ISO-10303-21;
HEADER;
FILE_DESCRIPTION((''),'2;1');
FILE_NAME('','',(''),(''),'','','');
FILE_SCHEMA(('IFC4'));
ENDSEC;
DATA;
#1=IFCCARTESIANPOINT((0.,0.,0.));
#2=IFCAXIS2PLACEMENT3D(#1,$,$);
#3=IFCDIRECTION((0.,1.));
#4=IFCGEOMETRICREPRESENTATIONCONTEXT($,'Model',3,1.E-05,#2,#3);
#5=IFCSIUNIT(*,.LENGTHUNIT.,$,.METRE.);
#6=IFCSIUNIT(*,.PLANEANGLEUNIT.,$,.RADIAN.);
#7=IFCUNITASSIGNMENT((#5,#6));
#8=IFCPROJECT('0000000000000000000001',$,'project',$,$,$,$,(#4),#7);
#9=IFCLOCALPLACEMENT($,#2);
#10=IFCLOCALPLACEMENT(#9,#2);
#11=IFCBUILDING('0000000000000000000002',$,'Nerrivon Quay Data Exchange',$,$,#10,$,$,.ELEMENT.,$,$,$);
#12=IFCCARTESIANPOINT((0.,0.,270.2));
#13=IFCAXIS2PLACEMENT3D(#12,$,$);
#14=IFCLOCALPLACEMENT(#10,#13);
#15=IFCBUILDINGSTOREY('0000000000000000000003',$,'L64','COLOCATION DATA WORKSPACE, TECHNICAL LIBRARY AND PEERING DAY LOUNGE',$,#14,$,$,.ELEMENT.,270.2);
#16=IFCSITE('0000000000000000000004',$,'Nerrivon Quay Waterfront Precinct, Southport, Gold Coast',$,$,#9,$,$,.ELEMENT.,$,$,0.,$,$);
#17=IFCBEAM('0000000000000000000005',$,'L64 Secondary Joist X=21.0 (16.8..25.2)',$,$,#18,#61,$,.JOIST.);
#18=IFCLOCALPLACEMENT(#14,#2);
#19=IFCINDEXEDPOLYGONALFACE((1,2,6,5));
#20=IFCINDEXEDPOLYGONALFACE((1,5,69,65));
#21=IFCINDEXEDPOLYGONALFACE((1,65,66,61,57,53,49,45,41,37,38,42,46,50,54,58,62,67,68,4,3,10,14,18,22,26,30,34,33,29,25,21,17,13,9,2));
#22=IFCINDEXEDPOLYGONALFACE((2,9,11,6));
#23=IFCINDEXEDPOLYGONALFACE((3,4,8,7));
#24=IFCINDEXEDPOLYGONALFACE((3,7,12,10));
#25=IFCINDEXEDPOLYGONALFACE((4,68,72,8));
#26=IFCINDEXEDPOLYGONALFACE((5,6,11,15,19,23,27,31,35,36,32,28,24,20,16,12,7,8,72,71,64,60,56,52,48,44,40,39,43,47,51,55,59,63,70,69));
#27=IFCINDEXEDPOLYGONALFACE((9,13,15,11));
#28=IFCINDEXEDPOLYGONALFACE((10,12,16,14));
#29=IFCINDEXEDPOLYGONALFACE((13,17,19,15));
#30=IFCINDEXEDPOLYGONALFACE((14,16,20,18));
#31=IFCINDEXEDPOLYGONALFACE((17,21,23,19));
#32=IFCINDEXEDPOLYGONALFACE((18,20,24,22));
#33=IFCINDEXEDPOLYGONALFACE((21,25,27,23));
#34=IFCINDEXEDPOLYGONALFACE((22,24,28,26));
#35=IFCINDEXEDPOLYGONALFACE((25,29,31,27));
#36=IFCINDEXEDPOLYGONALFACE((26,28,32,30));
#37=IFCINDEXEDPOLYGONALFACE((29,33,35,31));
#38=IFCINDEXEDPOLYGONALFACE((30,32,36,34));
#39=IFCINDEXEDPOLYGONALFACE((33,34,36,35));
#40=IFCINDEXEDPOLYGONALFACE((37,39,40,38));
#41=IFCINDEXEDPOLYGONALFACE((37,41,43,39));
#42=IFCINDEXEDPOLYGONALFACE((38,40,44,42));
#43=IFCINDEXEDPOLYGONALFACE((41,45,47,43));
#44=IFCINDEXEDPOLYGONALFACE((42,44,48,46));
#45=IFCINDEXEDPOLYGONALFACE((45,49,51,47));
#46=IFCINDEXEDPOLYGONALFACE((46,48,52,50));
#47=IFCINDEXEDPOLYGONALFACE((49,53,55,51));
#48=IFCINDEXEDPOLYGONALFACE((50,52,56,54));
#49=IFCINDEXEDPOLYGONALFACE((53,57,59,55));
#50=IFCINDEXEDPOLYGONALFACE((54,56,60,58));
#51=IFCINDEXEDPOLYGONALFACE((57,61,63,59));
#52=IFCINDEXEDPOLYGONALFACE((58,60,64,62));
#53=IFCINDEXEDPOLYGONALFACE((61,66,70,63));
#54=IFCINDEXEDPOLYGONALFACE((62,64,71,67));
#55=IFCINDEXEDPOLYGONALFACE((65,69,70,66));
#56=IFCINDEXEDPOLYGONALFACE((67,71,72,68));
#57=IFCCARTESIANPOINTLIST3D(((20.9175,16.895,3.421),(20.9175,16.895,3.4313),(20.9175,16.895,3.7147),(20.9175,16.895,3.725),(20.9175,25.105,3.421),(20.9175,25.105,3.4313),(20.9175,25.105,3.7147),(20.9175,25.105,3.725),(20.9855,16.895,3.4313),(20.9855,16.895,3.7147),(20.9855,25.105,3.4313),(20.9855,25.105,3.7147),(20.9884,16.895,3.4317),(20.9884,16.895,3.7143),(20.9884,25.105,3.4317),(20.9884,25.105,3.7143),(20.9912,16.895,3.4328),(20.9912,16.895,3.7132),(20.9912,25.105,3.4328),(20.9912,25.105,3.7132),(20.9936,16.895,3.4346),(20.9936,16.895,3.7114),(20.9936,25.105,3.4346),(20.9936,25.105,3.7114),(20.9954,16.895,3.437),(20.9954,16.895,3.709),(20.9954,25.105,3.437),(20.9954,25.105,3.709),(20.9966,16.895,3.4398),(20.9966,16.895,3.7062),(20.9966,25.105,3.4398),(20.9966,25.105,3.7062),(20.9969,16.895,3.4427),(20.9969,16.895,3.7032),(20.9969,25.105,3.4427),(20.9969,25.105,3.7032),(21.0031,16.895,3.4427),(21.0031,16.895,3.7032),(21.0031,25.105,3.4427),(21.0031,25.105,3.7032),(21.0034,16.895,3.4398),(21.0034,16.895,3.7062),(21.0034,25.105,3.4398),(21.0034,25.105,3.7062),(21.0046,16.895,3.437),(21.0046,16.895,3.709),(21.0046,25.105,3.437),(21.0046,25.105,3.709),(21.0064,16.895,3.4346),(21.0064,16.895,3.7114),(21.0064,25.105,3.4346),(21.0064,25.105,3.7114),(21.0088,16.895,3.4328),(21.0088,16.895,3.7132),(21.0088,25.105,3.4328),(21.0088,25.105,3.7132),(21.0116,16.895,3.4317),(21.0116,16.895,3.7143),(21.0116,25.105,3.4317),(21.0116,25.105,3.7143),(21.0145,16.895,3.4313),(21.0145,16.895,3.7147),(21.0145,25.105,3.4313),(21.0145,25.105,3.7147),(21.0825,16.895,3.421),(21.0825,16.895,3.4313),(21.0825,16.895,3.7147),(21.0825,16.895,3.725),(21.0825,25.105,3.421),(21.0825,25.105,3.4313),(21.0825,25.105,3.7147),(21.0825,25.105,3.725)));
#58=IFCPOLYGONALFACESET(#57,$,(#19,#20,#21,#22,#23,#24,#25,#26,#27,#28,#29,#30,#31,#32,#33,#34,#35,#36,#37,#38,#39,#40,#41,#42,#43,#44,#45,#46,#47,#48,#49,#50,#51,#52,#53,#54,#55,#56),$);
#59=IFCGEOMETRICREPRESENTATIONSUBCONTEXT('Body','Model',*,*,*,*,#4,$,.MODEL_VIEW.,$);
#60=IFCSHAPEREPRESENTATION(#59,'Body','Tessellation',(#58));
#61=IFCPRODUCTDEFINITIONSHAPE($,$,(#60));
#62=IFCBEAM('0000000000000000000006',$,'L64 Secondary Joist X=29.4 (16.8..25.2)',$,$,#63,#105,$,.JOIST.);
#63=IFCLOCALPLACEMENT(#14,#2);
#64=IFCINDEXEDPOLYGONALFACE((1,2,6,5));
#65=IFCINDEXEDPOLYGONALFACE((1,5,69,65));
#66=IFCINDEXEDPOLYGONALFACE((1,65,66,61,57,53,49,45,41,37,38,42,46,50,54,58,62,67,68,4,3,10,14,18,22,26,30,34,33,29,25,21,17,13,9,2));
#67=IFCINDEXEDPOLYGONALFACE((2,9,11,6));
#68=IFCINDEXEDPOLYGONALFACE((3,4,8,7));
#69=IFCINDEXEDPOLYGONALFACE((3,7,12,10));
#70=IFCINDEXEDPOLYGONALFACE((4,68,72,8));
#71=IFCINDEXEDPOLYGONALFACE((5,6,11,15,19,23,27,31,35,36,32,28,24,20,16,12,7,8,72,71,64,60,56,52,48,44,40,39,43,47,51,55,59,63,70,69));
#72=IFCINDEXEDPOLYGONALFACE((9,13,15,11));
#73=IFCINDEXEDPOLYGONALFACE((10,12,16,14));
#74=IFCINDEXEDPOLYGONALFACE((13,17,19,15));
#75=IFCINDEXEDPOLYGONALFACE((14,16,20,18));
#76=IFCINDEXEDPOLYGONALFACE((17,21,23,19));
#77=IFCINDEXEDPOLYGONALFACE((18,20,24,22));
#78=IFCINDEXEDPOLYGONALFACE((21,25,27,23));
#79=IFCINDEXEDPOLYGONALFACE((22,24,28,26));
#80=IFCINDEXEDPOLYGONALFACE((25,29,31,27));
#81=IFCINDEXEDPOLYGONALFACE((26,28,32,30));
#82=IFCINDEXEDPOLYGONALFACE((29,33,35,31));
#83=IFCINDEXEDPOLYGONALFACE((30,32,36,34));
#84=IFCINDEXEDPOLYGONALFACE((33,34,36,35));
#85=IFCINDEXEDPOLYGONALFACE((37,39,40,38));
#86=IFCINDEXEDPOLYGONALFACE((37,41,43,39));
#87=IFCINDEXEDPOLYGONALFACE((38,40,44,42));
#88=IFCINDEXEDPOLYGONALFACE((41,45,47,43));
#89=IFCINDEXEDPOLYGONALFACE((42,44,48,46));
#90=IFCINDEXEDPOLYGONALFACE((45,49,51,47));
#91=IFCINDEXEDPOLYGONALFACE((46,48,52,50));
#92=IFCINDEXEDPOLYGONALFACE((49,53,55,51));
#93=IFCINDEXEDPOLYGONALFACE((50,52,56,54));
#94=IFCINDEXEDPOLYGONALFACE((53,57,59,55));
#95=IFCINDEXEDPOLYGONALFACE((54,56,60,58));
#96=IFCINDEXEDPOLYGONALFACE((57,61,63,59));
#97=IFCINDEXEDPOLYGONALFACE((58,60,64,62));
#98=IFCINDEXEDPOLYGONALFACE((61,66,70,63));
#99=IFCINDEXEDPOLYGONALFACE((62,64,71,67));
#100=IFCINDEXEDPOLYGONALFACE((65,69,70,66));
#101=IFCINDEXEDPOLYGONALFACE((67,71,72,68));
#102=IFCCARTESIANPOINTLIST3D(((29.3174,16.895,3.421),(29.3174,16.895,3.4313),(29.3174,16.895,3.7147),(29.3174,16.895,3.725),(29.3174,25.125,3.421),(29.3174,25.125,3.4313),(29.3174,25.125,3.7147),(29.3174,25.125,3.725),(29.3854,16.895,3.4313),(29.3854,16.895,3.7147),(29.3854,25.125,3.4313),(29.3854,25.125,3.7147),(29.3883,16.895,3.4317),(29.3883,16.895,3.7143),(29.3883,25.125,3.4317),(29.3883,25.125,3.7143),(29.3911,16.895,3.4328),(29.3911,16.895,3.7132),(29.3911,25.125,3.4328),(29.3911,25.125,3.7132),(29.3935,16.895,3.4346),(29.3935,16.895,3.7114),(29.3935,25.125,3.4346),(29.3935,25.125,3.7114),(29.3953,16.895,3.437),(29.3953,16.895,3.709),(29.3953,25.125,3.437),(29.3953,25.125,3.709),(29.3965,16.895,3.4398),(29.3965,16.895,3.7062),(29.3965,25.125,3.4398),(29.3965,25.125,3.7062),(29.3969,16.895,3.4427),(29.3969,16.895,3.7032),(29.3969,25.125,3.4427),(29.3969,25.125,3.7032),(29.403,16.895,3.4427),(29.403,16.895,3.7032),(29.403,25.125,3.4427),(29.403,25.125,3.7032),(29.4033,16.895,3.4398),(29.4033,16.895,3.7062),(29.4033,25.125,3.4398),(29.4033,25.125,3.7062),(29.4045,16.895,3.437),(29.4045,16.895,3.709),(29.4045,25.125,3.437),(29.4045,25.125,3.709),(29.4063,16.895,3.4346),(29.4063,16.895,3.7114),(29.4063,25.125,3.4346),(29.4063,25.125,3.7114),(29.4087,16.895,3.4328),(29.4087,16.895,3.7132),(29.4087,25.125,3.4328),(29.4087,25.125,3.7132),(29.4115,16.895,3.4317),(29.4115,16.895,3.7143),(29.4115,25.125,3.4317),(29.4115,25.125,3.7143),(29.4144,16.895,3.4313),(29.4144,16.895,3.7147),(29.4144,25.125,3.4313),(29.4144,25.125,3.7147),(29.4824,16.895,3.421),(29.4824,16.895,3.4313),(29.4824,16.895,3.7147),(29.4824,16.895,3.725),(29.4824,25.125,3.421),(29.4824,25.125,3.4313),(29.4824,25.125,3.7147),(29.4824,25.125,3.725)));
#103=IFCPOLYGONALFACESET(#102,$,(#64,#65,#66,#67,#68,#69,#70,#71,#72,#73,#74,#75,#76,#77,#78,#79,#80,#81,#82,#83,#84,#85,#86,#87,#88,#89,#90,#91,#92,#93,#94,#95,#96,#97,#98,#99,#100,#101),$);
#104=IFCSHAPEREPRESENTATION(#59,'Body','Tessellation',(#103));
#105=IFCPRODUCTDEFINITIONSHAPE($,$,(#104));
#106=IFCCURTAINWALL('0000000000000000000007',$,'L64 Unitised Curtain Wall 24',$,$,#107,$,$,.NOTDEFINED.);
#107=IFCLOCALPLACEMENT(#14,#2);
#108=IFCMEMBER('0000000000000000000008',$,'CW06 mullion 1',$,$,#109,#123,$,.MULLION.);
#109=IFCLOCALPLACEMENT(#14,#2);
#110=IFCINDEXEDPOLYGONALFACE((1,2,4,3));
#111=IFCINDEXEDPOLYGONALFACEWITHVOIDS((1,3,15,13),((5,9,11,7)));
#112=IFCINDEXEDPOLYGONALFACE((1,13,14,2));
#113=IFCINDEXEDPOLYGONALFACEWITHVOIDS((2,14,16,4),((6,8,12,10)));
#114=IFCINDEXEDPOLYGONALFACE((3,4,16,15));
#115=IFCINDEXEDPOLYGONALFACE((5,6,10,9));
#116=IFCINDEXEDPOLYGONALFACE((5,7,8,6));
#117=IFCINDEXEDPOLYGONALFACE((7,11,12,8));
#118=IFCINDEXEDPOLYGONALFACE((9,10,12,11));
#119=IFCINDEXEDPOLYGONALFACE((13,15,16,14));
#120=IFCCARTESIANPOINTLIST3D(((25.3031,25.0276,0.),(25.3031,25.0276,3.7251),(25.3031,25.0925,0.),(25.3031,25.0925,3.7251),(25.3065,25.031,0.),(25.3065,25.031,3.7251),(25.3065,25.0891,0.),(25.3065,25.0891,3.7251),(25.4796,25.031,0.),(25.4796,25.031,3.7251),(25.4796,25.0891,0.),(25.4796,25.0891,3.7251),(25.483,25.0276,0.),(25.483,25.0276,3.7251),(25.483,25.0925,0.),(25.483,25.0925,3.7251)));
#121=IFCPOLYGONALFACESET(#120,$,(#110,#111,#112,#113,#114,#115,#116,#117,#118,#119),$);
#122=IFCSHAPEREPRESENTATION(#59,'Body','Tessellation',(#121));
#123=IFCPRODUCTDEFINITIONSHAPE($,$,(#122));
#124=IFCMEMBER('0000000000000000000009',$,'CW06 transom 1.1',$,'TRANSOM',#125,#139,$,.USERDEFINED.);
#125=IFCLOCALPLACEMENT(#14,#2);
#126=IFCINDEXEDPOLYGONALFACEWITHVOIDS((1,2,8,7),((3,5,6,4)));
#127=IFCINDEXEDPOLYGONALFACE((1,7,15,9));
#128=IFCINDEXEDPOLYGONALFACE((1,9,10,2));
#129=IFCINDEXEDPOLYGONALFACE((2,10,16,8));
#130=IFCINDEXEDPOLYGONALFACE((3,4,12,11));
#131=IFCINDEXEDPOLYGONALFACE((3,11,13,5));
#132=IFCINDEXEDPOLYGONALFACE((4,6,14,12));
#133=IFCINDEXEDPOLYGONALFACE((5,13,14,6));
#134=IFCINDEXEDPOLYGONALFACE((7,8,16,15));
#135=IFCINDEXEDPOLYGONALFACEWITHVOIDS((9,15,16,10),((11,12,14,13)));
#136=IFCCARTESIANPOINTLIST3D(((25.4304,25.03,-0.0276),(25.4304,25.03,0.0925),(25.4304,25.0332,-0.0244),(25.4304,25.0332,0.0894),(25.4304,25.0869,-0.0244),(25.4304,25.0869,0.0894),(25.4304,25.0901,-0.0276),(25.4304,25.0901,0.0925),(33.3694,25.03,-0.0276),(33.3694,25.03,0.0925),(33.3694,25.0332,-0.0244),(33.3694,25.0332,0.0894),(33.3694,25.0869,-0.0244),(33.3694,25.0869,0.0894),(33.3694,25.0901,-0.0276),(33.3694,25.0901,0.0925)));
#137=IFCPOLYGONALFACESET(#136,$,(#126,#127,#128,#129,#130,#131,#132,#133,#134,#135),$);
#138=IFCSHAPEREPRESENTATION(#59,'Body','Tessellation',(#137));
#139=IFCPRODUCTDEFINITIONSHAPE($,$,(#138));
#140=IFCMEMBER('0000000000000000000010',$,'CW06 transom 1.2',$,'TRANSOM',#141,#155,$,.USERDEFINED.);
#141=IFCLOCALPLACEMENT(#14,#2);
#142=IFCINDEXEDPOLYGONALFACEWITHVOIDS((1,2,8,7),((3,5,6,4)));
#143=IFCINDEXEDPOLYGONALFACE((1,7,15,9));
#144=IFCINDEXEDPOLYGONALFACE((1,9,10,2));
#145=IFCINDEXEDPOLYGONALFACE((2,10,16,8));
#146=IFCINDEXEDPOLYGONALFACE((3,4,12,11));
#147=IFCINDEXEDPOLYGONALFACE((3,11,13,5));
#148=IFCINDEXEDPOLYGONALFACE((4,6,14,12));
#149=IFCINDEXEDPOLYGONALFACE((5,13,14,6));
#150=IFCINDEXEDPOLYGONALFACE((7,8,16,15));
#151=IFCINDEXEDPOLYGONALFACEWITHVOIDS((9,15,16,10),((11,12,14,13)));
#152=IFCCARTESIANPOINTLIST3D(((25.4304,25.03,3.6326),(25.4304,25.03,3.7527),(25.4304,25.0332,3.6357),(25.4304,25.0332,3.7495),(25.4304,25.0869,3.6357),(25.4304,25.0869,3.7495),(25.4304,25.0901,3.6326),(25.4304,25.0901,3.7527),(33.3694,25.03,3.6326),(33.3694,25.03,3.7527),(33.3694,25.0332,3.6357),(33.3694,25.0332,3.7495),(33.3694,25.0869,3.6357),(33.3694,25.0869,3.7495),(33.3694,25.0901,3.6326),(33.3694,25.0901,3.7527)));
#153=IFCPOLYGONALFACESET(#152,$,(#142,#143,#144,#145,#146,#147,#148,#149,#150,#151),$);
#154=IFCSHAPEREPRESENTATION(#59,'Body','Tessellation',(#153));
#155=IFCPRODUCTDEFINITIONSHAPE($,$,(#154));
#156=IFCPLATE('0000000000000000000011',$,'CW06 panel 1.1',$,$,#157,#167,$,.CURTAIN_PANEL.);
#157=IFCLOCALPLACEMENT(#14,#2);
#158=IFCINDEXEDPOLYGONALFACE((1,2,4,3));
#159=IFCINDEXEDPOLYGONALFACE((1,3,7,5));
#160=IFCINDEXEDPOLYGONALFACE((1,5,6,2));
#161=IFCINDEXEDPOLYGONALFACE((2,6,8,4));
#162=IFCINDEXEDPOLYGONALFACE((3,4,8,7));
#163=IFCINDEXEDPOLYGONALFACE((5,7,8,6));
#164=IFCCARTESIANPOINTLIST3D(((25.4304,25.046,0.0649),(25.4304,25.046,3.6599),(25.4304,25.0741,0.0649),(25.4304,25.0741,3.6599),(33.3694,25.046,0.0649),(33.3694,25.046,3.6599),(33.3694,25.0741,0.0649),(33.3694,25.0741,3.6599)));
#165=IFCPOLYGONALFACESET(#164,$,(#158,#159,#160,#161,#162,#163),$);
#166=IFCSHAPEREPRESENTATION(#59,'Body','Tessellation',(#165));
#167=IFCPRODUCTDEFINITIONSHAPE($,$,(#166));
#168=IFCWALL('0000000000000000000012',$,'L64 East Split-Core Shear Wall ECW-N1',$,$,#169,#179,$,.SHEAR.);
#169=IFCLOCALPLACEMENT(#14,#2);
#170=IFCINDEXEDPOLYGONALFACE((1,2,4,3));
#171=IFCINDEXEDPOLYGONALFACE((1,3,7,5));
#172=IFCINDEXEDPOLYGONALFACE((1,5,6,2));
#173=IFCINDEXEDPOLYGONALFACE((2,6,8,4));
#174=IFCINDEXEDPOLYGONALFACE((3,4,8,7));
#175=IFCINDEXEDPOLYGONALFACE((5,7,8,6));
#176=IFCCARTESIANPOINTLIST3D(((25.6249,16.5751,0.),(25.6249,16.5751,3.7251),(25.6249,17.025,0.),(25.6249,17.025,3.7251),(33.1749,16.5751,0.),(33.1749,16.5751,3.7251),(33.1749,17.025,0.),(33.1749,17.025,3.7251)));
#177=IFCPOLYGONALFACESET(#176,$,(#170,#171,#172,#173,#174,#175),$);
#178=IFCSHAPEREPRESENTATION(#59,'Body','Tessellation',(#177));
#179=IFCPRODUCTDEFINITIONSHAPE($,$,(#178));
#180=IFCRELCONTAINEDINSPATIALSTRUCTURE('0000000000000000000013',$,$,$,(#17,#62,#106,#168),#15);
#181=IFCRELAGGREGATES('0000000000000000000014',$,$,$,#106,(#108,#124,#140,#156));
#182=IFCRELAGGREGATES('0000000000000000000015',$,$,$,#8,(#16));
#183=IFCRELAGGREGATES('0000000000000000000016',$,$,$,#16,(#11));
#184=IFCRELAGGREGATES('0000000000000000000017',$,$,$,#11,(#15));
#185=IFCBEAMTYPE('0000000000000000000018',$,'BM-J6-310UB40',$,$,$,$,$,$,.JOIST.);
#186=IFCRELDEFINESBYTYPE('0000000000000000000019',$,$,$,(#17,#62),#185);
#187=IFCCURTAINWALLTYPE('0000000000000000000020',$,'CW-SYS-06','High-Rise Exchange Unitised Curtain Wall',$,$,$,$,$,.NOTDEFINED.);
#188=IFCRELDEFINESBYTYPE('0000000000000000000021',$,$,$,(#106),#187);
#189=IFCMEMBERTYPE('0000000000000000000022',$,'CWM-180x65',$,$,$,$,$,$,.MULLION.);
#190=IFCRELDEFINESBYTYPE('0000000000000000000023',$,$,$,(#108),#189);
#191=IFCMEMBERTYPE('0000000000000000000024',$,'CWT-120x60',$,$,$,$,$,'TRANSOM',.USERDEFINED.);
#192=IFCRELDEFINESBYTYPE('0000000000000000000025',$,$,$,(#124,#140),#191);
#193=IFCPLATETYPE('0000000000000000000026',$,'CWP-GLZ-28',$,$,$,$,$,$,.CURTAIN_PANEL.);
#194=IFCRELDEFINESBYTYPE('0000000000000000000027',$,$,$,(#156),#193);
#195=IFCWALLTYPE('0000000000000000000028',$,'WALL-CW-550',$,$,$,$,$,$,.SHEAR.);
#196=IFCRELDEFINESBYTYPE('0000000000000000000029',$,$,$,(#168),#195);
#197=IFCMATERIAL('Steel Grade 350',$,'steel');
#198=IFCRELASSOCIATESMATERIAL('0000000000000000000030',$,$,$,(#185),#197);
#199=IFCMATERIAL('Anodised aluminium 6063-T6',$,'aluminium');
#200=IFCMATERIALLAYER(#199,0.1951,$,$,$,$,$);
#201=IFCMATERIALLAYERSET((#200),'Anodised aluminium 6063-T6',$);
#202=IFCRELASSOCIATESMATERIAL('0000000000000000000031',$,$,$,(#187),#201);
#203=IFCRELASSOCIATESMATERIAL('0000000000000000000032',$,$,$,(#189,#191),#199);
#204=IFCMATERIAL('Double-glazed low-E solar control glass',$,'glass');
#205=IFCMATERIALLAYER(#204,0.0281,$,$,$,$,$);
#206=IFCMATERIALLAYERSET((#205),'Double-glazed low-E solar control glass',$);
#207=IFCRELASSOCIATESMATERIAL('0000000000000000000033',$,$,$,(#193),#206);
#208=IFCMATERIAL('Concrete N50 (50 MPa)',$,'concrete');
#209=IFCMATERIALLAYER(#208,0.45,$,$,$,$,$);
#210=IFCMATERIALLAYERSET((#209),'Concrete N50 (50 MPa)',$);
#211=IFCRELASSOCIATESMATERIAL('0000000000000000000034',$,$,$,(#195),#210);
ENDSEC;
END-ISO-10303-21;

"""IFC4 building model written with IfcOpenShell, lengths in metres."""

from ifc_helpers import new_model, si_unit, direction, frame, frame_2d, origin, origin_2d, place, context, subcontext, project, spatial, rectangle, hollow_rectangle, i_section, extrude, material, layer, layer_set, material_profile, profile_set, type_object, element, aggregate, save


model = new_model("IFC4")

# Units and contexts
model_context = context("Model", 3, precision=1e-05, world=origin(), true_north=direction((0.0, 1.0)))
body_context = subcontext(model_context, "Body", "Model", "MODEL_VIEW")
ifc_project = project(units=[si_unit("LENGTHUNIT", "METRE"), si_unit("PLANEANGLEUNIT", "RADIAN")], contexts=[model_context])

# Site, building, storey
site_placement = place(None, origin())
site = spatial("IfcSite", under=ifc_project, at=site_placement, Name="Nerrivon Quay Waterfront Precinct, Southport, Gold Coast", CompositionType="ELEMENT", RefElevation=0.0)
building_placement = place(site_placement, origin())
building = spatial("IfcBuilding", under=site, at=building_placement, Name="Nerrivon Quay Data Exchange", CompositionType="ELEMENT")
storey_placement = place(building_placement, frame((0.0, 0.0, 270.2)))
storey = spatial("IfcBuildingStorey", under=building, at=storey_placement, Name="L64", Description="COLOCATION DATA WORKSPACE, TECHNICAL LIBRARY AND PEERING DAY LOUNGE", CompositionType="ELEMENT", Elevation=270.2)

# Shared definitions
ifc_material_1 = material(Name="Concrete N50 (50 MPa)", Category="concrete")

# Beams
ifc_material_2 = material(Name="Steel Grade 350", Category="steel")
ifc_material_profile_1 = material_profile(ifc_material_2, i_section(OverallWidth=0.165, OverallDepth=0.304, WebThickness=0.0061, FlangeThickness=0.0103, FilletRadius=0.0115, at=origin_2d()), Name="310UB40.4")
ifc_profile_set_1 = profile_set([ifc_material_profile_1], Name="Steel Grade 350")
beam_type_1 = type_object("IfcBeamType", Name="BM-J6-310UB40", PredefinedType="JOIST", material=ifc_profile_set_1)
beam_1_placement = place(storey_placement, frame((21.0, 16.895, 3.573), z_axis=(0.0, 1.0, 0.0), x_axis=(-1.0, 0.0, 0.0)))
element("IfcBeam", 1, at=beam_1_placement, inside=storey, type_object=beam_type_1, Name="L64 Secondary Joist X=21.0 (16.8..25.2)", PredefinedType="JOIST", context=body_context, shape_type="SweptSolid", body=[
    extrude(i_section(OverallWidth=0.165, OverallDepth=0.304, WebThickness=0.0061, FlangeThickness=0.0103, FilletRadius=0.0115, at=origin_2d()), origin(), (0.0, 0.0, 1.0), 8.21),
])
beam_2_placement = place(storey_placement, frame((29.3999, 16.895, 3.573), z_axis=(0.0, 1.0, 0.0), x_axis=(-1.0, 0.0, 0.0)))
element("IfcBeam", 2, at=beam_2_placement, inside=storey, type_object=beam_type_1, Name="L64 Secondary Joist X=29.4 (16.8..25.2)", PredefinedType="JOIST", context=body_context, shape_type="SweptSolid", body=[
    extrude(i_section(OverallWidth=0.165, OverallDepth=0.304, WebThickness=0.0061, FlangeThickness=0.0103, FilletRadius=0.0115, at=origin_2d()), origin(), (0.0, 0.0, 1.0), 8.23),
])

# Curtain wall, members, plate
ifc_material_3 = material(Name="Anodised aluminium 6063-T6", Category="aluminium")
ifc_layer_1 = layer(ifc_material_3, 0.1951)
ifc_layer_set_1 = layer_set([ifc_layer_1], Name="Anodised aluminium 6063-T6")
curtain_wall_type = type_object("IfcCurtainWallType", Name="CW-SYS-06", Description="High-Rise Exchange Unitised Curtain Wall", PredefinedType="NOTDEFINED", material=ifc_layer_set_1)
curtain_wall_placement = place(storey_placement, origin())
curtain_wall = element("IfcCurtainWall", 3, at=curtain_wall_placement, inside=storey, type_object=curtain_wall_type, Name="L64 Unitised Curtain Wall 24", PredefinedType="NOTDEFINED")
ifc_material_profile_2 = material_profile(ifc_material_3, hollow_rectangle(XDim=0.0649, YDim=0.1799, WallThickness=0.0034, at=origin_2d()), Name="ALU-MULL-180x65")
ifc_profile_set_2 = profile_set([ifc_material_profile_2], Name="Anodised aluminium 6063-T6")
member_type_1 = type_object("IfcMemberType", Name="CWM-180x65", PredefinedType="MULLION", material=ifc_profile_set_2)
member_1_placement = place(storey_placement, frame((25.3931, 25.0601, 0.0), z_axis=(0.0, 0.0, 1.0), x_axis=(0.0, 1.0, 0.0)))
member_1 = element("IfcMember", 4, at=member_1_placement, type_object=member_type_1, Name="CW06 mullion 1", PredefinedType="MULLION", context=body_context, shape_type="SweptSolid", body=[
    extrude(hollow_rectangle(XDim=0.0649, YDim=0.1799, WallThickness=0.0034, at=origin_2d()), origin(), (0.0, 0.0, 1.0), 3.7251),
])
ifc_material_profile_3 = material_profile(ifc_material_3, hollow_rectangle(XDim=0.0601, YDim=0.1201, WallThickness=0.0032, at=origin_2d()), Name="ALU-TRAN-120x60")
ifc_profile_set_3 = profile_set([ifc_material_profile_3], Name="Anodised aluminium 6063-T6")
member_type_2 = type_object("IfcMemberType", Name="CWT-120x60", ElementType="TRANSOM", PredefinedType="USERDEFINED", material=ifc_profile_set_3)
member_2_placement = place(storey_placement, frame((25.4304, 25.0601, 0.0325), z_axis=(1.0, 0.0, 0.0), x_axis=(0.0, 1.0, 0.0)))
member_2 = element("IfcMember", 5, at=member_2_placement, type_object=member_type_2, Name="CW06 transom 1.1", ObjectType="TRANSOM", PredefinedType="USERDEFINED", context=body_context, shape_type="SweptSolid", body=[
    extrude(hollow_rectangle(XDim=0.0601, YDim=0.1201, WallThickness=0.0032, at=origin_2d()), origin(), (0.0, 0.0, 1.0), 7.939),
])
member_3_placement = place(storey_placement, frame((25.4304, 25.0601, 3.6926), z_axis=(1.0, 0.0, 0.0), x_axis=(0.0, 1.0, 0.0)))
member_3 = element("IfcMember", 6, at=member_3_placement, type_object=member_type_2, Name="CW06 transom 1.2", ObjectType="TRANSOM", PredefinedType="USERDEFINED", context=body_context, shape_type="SweptSolid", body=[
    extrude(hollow_rectangle(XDim=0.0601, YDim=0.1201, WallThickness=0.0032, at=origin_2d()), origin(), (0.0, 0.0, 1.0), 7.939),
])
ifc_material_4 = material(Name="Double-glazed low-E solar control glass", Category="glass")
ifc_layer_2 = layer(ifc_material_4, 0.0281)
ifc_layer_set_2 = layer_set([ifc_layer_2], Name="Double-glazed low-E solar control glass")
plate_type = type_object("IfcPlateType", Name="CWP-GLZ-28", PredefinedType="CURTAIN_PANEL", material=ifc_layer_set_2)
plate_placement = place(storey_placement, frame((29.3999, 25.0601, 0.0649), z_axis=(0.0, 0.0, 1.0), x_axis=(1.0, 0.0, 0.0)))
plate = element("IfcPlate", 7, at=plate_placement, type_object=plate_type, Name="CW06 panel 1.1", PredefinedType="CURTAIN_PANEL", context=body_context, shape_type="SweptSolid", body=[
    extrude(rectangle(XDim=7.939, YDim=0.0281, at=origin_2d()), origin(), (0.0, 0.0, 1.0), 3.595),
])
aggregate(curtain_wall, [member_1, member_2, member_3, plate])

# Wall
ifc_layer_3 = layer(ifc_material_1, 0.45)
ifc_layer_set_3 = layer_set([ifc_layer_3], Name="Concrete N50 (50 MPa)")
wall_type_1 = type_object("IfcWallType", Name="WALL-CW-550", PredefinedType="SHEAR", material=ifc_layer_set_3)
wall_1_placement = place(storey_placement, frame((25.625, 16.8, 0.0), z_axis=(0.0, 0.0, 1.0), x_axis=(1.0, 0.0, 0.0)))
element("IfcWall", 8, at=wall_1_placement, inside=storey, type_object=wall_type_1, Name="L64 East Split-Core Shear Wall ECW-N1", PredefinedType="SHEAR", context=body_context, shape_type="SweptSolid", body=[
    extrude(rectangle(XDim=7.55, YDim=0.45, at=frame_2d((3.7749, 0.0))), origin(), (0.0, 0.0, 1.0), 3.7251),
])

save(model, "model.ifc")
